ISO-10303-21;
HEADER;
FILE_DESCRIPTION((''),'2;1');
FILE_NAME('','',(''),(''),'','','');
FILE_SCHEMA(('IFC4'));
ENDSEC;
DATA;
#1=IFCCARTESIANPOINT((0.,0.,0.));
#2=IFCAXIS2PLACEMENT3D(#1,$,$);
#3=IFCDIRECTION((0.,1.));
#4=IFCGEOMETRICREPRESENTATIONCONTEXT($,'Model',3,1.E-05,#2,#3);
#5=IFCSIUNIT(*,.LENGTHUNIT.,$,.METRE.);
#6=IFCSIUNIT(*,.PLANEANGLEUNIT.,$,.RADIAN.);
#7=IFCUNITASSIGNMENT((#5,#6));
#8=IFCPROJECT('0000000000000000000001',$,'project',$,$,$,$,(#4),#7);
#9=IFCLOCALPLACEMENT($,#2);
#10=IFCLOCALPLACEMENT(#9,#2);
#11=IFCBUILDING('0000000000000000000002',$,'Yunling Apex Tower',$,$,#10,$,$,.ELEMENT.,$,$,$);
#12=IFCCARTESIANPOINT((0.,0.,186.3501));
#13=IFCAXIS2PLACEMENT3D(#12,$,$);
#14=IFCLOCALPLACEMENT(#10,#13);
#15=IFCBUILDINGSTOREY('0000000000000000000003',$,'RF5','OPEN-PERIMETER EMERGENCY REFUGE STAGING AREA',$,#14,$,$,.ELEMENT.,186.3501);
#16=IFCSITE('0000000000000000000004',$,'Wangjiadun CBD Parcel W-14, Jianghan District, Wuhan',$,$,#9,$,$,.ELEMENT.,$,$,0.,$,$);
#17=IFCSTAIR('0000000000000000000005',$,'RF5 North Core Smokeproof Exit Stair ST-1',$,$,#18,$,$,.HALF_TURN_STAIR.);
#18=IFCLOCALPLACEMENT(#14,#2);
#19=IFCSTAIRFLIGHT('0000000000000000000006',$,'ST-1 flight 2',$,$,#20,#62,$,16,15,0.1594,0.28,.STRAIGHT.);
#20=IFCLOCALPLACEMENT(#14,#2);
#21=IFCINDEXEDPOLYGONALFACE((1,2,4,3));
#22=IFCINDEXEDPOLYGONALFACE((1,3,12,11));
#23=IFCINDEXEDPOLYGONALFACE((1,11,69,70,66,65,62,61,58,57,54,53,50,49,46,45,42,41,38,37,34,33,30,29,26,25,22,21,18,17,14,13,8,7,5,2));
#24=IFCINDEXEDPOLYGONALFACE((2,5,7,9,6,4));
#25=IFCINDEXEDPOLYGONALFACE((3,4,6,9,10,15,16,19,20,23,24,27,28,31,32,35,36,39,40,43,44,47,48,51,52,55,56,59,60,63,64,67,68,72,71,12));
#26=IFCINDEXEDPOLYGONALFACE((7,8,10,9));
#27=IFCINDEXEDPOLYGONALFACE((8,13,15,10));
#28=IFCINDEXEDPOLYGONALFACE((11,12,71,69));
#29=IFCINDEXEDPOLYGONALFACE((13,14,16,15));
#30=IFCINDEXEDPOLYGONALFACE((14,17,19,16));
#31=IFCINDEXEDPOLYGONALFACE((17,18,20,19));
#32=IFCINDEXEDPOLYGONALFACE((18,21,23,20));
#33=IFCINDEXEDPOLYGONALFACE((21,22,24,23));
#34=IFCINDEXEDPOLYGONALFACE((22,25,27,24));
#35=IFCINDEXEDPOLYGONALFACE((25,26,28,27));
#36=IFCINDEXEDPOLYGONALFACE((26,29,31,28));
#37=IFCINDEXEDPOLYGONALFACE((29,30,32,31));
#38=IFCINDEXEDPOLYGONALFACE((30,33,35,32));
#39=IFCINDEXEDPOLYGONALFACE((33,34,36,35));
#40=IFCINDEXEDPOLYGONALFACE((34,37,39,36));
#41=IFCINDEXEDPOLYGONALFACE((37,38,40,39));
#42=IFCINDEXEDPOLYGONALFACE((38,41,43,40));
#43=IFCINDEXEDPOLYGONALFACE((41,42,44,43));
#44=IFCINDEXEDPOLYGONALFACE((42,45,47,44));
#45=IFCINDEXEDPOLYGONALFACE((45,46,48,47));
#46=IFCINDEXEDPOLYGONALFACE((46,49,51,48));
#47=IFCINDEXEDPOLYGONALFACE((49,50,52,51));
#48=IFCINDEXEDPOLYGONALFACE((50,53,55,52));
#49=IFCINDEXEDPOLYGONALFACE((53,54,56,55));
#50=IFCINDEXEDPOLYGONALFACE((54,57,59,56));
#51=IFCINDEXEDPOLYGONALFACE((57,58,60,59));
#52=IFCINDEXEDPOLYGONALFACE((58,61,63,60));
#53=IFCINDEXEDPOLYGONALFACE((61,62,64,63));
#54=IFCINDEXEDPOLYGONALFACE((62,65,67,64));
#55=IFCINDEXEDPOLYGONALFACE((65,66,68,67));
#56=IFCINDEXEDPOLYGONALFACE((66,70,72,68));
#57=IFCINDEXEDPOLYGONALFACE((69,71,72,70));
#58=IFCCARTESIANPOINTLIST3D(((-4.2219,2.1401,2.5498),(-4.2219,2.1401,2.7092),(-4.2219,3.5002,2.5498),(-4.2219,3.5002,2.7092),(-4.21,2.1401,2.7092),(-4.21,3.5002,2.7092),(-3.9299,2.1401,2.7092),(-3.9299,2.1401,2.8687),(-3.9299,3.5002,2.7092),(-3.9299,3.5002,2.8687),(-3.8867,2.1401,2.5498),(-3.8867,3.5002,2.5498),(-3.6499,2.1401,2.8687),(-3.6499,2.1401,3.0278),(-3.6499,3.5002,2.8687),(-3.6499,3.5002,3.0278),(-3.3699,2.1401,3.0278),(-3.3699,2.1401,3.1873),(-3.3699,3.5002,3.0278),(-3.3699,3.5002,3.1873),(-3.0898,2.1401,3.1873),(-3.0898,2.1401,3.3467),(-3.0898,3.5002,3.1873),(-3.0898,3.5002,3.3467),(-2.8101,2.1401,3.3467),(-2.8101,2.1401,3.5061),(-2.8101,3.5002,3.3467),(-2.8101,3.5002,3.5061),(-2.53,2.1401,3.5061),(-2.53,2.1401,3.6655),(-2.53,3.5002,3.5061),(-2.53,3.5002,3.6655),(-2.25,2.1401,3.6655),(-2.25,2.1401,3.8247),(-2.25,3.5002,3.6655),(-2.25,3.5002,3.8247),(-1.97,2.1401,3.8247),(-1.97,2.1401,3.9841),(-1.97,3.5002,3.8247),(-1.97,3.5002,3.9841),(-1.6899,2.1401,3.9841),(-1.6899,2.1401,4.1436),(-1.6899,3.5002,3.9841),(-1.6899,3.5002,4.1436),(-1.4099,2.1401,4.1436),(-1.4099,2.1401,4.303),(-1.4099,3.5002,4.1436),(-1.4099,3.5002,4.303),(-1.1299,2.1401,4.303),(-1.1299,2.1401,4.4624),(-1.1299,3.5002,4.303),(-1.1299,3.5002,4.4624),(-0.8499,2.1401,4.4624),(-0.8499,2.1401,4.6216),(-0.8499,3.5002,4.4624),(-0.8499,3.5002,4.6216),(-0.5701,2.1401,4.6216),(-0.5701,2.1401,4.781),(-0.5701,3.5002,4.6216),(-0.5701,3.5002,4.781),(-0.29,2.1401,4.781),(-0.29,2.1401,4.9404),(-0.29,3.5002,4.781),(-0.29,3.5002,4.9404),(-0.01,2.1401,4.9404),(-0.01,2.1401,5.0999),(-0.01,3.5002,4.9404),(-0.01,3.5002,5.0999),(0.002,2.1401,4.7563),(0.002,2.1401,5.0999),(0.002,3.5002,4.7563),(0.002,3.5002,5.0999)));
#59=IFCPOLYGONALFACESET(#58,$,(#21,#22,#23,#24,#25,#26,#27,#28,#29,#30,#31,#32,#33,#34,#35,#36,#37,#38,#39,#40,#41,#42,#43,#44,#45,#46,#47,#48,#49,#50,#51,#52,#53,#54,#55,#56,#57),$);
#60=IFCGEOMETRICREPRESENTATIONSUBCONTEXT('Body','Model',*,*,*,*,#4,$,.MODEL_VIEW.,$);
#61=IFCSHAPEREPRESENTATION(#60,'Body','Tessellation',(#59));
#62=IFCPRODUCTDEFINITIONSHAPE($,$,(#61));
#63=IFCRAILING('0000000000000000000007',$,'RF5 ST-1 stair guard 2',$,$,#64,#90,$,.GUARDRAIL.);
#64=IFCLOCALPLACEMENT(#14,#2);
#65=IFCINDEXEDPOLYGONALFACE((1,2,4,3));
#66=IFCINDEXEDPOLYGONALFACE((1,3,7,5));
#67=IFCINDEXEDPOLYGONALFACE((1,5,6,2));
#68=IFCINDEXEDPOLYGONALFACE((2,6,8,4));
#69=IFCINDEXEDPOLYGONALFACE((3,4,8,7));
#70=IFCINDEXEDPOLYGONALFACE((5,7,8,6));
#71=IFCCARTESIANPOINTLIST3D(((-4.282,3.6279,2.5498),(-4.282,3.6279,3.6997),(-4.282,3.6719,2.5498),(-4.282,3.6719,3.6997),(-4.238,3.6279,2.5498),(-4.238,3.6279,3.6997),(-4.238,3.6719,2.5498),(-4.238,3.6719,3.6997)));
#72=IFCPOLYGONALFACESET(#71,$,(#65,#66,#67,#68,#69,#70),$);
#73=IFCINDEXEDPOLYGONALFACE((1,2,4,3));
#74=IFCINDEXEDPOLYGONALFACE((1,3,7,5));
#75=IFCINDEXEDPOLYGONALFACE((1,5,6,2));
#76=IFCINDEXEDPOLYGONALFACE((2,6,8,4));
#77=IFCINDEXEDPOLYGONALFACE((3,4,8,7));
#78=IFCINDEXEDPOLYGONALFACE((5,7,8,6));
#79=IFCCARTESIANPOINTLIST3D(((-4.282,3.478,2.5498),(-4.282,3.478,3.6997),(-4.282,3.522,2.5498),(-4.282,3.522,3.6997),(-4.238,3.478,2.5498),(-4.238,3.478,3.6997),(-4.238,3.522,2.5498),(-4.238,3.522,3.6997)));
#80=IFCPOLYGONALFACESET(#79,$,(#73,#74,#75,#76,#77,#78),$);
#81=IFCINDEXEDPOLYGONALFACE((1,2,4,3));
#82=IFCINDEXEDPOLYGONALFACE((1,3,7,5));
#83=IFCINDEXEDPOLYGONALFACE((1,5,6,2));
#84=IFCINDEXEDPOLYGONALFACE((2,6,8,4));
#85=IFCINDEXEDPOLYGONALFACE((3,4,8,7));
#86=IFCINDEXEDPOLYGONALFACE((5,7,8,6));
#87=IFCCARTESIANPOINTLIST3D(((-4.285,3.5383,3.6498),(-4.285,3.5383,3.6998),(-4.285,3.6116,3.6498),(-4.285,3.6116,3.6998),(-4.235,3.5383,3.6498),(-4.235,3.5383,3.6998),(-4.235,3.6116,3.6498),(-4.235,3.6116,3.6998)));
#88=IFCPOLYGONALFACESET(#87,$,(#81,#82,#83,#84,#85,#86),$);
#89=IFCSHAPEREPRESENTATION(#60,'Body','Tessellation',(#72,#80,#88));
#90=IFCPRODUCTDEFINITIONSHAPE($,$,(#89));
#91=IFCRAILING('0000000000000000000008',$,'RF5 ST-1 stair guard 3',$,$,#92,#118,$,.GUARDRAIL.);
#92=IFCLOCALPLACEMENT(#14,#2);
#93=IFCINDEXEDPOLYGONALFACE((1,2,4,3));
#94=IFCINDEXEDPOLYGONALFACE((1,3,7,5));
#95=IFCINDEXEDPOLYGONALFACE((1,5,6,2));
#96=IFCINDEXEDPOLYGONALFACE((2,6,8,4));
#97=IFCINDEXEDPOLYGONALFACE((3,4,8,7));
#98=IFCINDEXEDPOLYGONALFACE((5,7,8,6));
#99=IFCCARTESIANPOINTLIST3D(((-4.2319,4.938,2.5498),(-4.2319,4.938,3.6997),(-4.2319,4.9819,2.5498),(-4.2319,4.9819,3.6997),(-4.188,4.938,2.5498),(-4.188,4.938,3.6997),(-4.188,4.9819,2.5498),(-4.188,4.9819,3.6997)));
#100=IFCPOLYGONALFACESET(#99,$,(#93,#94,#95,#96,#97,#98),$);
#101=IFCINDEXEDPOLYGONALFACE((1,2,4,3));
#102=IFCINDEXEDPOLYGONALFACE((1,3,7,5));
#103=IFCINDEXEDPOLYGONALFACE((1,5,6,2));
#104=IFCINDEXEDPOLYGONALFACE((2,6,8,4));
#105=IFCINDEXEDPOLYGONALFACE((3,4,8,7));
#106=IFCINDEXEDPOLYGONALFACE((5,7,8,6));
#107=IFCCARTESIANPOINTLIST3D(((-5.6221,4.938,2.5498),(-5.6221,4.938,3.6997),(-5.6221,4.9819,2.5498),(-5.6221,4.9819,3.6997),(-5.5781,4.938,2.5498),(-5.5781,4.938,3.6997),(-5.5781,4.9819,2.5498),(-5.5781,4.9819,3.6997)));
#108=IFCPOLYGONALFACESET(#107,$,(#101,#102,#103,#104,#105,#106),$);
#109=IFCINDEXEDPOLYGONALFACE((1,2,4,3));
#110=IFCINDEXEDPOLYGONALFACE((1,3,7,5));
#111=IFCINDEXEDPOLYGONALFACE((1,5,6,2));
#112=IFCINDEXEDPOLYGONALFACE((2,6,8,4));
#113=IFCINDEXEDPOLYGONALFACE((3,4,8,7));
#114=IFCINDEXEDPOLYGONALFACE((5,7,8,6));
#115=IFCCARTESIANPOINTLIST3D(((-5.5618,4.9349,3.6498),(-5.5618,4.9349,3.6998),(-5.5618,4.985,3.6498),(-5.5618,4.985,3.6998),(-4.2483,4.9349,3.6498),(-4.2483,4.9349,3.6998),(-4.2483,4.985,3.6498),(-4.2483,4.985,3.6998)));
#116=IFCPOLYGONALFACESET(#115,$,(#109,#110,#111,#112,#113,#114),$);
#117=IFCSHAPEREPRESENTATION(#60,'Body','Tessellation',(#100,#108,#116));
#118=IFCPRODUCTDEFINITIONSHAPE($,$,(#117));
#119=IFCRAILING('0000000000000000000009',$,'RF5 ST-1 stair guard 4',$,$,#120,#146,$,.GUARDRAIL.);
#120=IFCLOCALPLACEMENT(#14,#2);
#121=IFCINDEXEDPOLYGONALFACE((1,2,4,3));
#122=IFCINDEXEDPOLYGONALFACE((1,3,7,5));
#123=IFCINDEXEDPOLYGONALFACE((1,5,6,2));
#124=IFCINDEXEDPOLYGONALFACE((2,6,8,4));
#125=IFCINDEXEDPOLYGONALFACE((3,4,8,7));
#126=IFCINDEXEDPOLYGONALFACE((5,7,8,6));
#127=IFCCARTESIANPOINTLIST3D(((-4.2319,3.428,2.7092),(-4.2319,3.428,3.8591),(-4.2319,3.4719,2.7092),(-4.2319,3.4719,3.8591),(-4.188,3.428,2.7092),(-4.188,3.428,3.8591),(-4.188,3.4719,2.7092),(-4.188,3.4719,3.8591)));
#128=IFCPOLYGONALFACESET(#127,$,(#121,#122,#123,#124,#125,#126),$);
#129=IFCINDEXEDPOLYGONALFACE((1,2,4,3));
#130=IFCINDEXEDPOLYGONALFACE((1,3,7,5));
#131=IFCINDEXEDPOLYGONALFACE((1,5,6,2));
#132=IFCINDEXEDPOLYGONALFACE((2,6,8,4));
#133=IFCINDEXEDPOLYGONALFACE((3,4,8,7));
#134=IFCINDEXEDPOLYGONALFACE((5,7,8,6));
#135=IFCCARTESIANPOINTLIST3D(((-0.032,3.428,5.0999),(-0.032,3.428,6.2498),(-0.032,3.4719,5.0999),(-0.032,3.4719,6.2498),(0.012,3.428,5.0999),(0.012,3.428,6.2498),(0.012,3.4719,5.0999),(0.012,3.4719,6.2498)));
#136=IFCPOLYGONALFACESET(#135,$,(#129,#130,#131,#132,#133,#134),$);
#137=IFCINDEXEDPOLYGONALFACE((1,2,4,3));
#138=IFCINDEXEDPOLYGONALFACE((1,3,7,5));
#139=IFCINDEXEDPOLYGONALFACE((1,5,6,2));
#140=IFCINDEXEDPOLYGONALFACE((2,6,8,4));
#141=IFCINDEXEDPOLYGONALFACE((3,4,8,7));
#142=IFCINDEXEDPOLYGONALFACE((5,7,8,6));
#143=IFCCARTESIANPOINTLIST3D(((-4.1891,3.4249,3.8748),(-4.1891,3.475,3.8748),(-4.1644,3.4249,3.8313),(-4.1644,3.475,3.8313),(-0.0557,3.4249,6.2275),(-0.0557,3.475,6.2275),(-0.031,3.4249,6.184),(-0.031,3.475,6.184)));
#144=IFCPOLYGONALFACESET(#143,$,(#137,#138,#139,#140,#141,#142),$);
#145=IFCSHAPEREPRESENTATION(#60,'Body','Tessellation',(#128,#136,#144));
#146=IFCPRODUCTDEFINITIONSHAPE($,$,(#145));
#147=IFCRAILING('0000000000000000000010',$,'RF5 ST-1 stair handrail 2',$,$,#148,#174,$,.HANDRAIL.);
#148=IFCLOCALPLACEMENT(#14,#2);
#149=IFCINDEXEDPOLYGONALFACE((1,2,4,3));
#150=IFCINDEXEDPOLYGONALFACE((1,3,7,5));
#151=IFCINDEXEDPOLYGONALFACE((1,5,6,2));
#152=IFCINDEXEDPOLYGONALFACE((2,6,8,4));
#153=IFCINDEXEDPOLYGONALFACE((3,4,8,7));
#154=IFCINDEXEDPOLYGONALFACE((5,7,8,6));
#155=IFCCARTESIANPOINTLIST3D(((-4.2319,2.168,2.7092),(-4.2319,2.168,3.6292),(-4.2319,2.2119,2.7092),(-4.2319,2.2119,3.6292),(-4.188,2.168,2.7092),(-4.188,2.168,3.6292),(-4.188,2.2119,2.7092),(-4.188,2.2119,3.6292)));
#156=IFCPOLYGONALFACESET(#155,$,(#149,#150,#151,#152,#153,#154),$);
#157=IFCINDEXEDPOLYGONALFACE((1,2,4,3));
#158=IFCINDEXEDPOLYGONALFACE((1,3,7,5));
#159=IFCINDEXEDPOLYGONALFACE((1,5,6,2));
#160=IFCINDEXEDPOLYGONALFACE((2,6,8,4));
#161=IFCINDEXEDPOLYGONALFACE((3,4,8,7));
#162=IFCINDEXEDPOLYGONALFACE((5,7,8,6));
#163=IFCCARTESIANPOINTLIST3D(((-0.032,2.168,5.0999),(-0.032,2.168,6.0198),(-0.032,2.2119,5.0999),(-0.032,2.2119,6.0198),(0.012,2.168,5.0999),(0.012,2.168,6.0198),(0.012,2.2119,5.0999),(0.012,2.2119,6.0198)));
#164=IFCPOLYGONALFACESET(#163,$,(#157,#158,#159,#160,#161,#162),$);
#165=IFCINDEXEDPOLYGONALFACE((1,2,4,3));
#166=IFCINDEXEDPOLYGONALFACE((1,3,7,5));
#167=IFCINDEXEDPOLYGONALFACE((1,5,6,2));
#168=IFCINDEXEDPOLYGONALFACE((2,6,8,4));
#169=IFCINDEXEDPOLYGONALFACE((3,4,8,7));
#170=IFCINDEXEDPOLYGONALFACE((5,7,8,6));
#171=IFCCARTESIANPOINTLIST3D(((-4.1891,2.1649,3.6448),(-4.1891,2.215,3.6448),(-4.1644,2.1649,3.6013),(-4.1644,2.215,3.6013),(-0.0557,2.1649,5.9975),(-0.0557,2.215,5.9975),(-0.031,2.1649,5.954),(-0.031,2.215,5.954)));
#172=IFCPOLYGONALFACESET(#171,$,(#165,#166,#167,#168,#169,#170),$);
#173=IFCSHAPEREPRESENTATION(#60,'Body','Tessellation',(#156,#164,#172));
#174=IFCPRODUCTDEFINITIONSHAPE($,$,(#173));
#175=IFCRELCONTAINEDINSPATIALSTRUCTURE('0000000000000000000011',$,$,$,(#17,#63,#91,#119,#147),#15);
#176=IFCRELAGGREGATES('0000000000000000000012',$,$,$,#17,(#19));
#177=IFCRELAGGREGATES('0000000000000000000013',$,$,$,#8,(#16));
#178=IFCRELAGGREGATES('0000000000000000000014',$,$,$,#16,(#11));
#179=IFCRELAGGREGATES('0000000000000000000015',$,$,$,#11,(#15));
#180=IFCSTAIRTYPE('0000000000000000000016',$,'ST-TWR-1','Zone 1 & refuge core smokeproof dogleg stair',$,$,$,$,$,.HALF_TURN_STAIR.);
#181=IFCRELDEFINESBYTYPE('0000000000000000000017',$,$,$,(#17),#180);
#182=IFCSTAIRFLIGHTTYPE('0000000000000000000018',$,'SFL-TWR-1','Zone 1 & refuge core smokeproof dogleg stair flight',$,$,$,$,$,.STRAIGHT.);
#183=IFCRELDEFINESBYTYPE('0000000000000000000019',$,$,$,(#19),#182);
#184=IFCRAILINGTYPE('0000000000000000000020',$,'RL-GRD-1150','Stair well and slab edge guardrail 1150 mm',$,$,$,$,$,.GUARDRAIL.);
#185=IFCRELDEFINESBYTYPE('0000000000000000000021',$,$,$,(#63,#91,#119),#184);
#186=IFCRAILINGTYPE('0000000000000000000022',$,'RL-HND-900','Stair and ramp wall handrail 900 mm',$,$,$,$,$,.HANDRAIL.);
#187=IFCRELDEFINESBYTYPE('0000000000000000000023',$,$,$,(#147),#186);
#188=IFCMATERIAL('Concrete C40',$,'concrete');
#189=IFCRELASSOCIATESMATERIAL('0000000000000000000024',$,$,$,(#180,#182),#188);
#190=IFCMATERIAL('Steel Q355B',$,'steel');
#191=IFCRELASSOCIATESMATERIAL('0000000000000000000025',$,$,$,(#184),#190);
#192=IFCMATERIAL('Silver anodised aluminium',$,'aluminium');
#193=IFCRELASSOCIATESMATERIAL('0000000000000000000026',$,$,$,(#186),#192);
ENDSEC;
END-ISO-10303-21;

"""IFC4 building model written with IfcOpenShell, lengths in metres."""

from ifc_helpers import new_model, si_unit, direction, frame, origin, origin_2d, place, context, subcontext, project, spatial, polyline, rectangle, outline, extrude, material, type_object, element, aggregate, save


model = new_model("IFC4")

# Units and contexts
model_context = context("Model", 3, precision=1e-05, world=origin(), true_north=direction((0.0, 1.0)))
body_context = subcontext(model_context, "Body", "Model", "MODEL_VIEW")
ifc_project = project(units=[si_unit("LENGTHUNIT", "METRE"), si_unit("PLANEANGLEUNIT", "RADIAN")], contexts=[model_context])

# Site, building, storey
site_placement = place(None, origin())
site = spatial("IfcSite", under=ifc_project, at=site_placement, Name="Wangjiadun CBD Parcel W-14, Jianghan District, Wuhan", CompositionType="ELEMENT", RefElevation=0.0)
building_placement = place(site_placement, origin())
building = spatial("IfcBuilding", under=site, at=building_placement, Name="Yunling Apex Tower", CompositionType="ELEMENT")
storey_placement = place(building_placement, frame((0.0, 0.0, 186.3501)))
storey = spatial("IfcBuildingStorey", under=building, at=storey_placement, Name="RF5", Description="OPEN-PERIMETER EMERGENCY REFUGE STAGING AREA", CompositionType="ELEMENT", Elevation=186.3501)

# Shared definitions
ifc_material_1 = material(Name="Steel Q355B", Category="steel")

# Shared definitions
ifc_material_2 = material(Name="Concrete C40", Category="concrete")

# Stair, stair flight
stair_type = type_object("IfcStairType", Name="ST-TWR-1", Description="Zone 1 & refuge core smokeproof dogleg stair", PredefinedType="HALF_TURN_STAIR", material=ifc_material_2)
stair_placement = place(storey_placement, origin())
stair = element("IfcStair", 1, at=stair_placement, inside=storey, type_object=stair_type, Name="RF5 North Core Smokeproof Exit Stair ST-1", PredefinedType="HALF_TURN_STAIR")
stair_flight_type = type_object("IfcStairFlightType", Name="SFL-TWR-1", Description="Zone 1 & refuge core smokeproof dogleg stair flight", PredefinedType="STRAIGHT", material=ifc_material_2)
stair_flight_placement = place(storey_placement, frame((-4.21, 2.8201, 2.5498), z_axis=(0.0, 0.0, 1.0), x_axis=(1.0, 0.0, 0.0)))
stair_flight = element("IfcStairFlight", 2, at=stair_flight_placement, type_object=stair_flight_type, Name="ST-1 flight 2", NumberOfRisers=16, NumberOfTreads=15, PredefinedType="STRAIGHT", RiserHeight=0.1594, TreadLength=0.28, context=body_context, shape_type="SweptSolid", body=[
    extrude(outline(polyline([(-0.012, 0.0), (-0.012, 0.1594), (0.0, 0.1594), (0.28, 0.1594), (0.28, 0.3188), (0.5601, 0.3188), (0.5601, 0.478), (0.8401, 0.478), (0.8401, 0.6375), (1.1201, 0.6375), (1.1201, 0.7969), (1.3999, 0.7969), (1.3999, 0.9563), (1.6799, 0.9563), (1.6799, 1.1157), (1.96, 1.1157), (1.96, 1.2749), (2.24, 1.2749), (2.24, 1.4343), (2.52, 1.4343), (2.52, 1.5938), (2.8, 1.5938), (2.8, 1.7532), (3.0801, 1.7532), (3.0801, 1.9126), (3.3601, 1.9126), (3.3601, 2.0718), (3.6399, 2.0718), (3.6399, 2.2312), (3.9199, 2.2312), (3.9199, 2.3906), (4.2, 2.3906), (4.2, 2.55), (4.2119, 2.55), (4.2119, 2.2065), (0.3232, 0.0), (-0.012, 0.0)])), frame((0.0, 0.6802, 0.0), z_axis=(0.0, -1.0, 0.0), x_axis=(1.0, 0.0, 0.0)), (0.0, 0.0, 1.0), 1.3601),
])
aggregate(stair, [stair_flight])

# Railings
railing_type_1 = type_object("IfcRailingType", Name="RL-GRD-1150", Description="Stair well and slab edge guardrail 1150 mm", PredefinedType="GUARDRAIL", material=ifc_material_1)
railing_1_placement = place(storey_placement, frame((-4.26, 3.6499, 2.5498)))
element("IfcRailing", 3, at=railing_1_placement, inside=storey, type_object=railing_type_1, Name="RF5 ST-1 stair guard 2", PredefinedType="GUARDRAIL", context=body_context, shape_type="SweptSolid", body=[
    extrude(rectangle(XDim=0.0439, YDim=0.0439, at=origin_2d()), origin(), (0.0, 0.0, 1.0), 1.1499),
    extrude(rectangle(XDim=0.0439, YDim=0.0439, at=origin_2d()), frame((0.0, -0.1499, 0.0)), (0.0, 0.0, 1.0), 1.1499),
    extrude(rectangle(XDim=0.05, YDim=0.05, at=origin_2d()), frame((0.0, -0.0383, 1.125), z_axis=(0.0, -1.0, 0.0), x_axis=(1.0, 0.0, 0.0)), (0.0, 0.0, 1.0), 0.0732),
])
railing_2_placement = place(storey_placement, frame((-4.21, 4.96, 2.5498)))
element("IfcRailing", 4, at=railing_2_placement, inside=storey, type_object=railing_type_1, Name="RF5 ST-1 stair guard 3", PredefinedType="GUARDRAIL", context=body_context, shape_type="SweptSolid", body=[
    extrude(rectangle(XDim=0.0439, YDim=0.0439, at=origin_2d()), origin(), (0.0, 0.0, 1.0), 1.1499),
    extrude(rectangle(XDim=0.0439, YDim=0.0439, at=origin_2d()), frame((-1.3901, 0.0, 0.0)), (0.0, 0.0, 1.0), 1.1499),
    extrude(rectangle(XDim=0.05, YDim=0.05, at=origin_2d()), frame((-0.0383, 0.0, 1.125), z_axis=(-1.0, 0.0, 0.0), x_axis=(0.0, -1.0, 0.0)), (0.0, 0.0, 1.0), 1.3135),
])
railing_3_placement = place(storey_placement, frame((-4.21, 3.45, 2.7092)))
element("IfcRailing", 5, at=railing_3_placement, inside=storey, type_object=railing_type_1, Name="RF5 ST-1 stair guard 4", PredefinedType="GUARDRAIL", context=body_context, shape_type="SweptSolid", body=[
    extrude(rectangle(XDim=0.0439, YDim=0.0439, at=origin_2d()), origin(), (0.0, 0.0, 1.0), 1.1499),
    extrude(rectangle(XDim=0.0439, YDim=0.0439, at=origin_2d()), frame((4.2, 0.0, 2.3906)), (0.0, 0.0, 1.0), 1.1499),
    extrude(rectangle(XDim=0.05, YDim=0.05, at=origin_2d()), frame((0.0332, 0.0, 1.1438), z_axis=(0.869075, 0.0, 0.49468), x_axis=(0.0, 1.0, 0.0)), (0.0, 0.0, 1.0), 4.7561),
])
ifc_material_3 = material(Name="Silver anodised aluminium", Category="aluminium")
railing_type_2 = type_object("IfcRailingType", Name="RL-HND-900", Description="Stair and ramp wall handrail 900 mm", PredefinedType="HANDRAIL", material=ifc_material_3)
railing_4_placement = place(storey_placement, frame((-4.21, 2.1899, 2.7092)))
element("IfcRailing", 6, at=railing_4_placement, inside=storey, type_object=railing_type_2, Name="RF5 ST-1 stair handrail 2", PredefinedType="HANDRAIL", context=body_context, shape_type="SweptSolid", body=[
    extrude(rectangle(XDim=0.0439, YDim=0.0439, at=origin_2d()), origin(), (0.0, 0.0, 1.0), 0.9199),
    extrude(rectangle(XDim=0.0439, YDim=0.0439, at=origin_2d()), frame((4.2, 0.0, 2.3906)), (0.0, 0.0, 1.0), 0.9199),
    extrude(rectangle(XDim=0.05, YDim=0.05, at=origin_2d()), frame((0.0332, 0.0, 0.9138), z_axis=(0.869075, 0.0, 0.49468), x_axis=(0.0, 1.0, 0.0)), (0.0, 0.0, 1.0), 4.7561),
])

save(model, "model.ifc")
